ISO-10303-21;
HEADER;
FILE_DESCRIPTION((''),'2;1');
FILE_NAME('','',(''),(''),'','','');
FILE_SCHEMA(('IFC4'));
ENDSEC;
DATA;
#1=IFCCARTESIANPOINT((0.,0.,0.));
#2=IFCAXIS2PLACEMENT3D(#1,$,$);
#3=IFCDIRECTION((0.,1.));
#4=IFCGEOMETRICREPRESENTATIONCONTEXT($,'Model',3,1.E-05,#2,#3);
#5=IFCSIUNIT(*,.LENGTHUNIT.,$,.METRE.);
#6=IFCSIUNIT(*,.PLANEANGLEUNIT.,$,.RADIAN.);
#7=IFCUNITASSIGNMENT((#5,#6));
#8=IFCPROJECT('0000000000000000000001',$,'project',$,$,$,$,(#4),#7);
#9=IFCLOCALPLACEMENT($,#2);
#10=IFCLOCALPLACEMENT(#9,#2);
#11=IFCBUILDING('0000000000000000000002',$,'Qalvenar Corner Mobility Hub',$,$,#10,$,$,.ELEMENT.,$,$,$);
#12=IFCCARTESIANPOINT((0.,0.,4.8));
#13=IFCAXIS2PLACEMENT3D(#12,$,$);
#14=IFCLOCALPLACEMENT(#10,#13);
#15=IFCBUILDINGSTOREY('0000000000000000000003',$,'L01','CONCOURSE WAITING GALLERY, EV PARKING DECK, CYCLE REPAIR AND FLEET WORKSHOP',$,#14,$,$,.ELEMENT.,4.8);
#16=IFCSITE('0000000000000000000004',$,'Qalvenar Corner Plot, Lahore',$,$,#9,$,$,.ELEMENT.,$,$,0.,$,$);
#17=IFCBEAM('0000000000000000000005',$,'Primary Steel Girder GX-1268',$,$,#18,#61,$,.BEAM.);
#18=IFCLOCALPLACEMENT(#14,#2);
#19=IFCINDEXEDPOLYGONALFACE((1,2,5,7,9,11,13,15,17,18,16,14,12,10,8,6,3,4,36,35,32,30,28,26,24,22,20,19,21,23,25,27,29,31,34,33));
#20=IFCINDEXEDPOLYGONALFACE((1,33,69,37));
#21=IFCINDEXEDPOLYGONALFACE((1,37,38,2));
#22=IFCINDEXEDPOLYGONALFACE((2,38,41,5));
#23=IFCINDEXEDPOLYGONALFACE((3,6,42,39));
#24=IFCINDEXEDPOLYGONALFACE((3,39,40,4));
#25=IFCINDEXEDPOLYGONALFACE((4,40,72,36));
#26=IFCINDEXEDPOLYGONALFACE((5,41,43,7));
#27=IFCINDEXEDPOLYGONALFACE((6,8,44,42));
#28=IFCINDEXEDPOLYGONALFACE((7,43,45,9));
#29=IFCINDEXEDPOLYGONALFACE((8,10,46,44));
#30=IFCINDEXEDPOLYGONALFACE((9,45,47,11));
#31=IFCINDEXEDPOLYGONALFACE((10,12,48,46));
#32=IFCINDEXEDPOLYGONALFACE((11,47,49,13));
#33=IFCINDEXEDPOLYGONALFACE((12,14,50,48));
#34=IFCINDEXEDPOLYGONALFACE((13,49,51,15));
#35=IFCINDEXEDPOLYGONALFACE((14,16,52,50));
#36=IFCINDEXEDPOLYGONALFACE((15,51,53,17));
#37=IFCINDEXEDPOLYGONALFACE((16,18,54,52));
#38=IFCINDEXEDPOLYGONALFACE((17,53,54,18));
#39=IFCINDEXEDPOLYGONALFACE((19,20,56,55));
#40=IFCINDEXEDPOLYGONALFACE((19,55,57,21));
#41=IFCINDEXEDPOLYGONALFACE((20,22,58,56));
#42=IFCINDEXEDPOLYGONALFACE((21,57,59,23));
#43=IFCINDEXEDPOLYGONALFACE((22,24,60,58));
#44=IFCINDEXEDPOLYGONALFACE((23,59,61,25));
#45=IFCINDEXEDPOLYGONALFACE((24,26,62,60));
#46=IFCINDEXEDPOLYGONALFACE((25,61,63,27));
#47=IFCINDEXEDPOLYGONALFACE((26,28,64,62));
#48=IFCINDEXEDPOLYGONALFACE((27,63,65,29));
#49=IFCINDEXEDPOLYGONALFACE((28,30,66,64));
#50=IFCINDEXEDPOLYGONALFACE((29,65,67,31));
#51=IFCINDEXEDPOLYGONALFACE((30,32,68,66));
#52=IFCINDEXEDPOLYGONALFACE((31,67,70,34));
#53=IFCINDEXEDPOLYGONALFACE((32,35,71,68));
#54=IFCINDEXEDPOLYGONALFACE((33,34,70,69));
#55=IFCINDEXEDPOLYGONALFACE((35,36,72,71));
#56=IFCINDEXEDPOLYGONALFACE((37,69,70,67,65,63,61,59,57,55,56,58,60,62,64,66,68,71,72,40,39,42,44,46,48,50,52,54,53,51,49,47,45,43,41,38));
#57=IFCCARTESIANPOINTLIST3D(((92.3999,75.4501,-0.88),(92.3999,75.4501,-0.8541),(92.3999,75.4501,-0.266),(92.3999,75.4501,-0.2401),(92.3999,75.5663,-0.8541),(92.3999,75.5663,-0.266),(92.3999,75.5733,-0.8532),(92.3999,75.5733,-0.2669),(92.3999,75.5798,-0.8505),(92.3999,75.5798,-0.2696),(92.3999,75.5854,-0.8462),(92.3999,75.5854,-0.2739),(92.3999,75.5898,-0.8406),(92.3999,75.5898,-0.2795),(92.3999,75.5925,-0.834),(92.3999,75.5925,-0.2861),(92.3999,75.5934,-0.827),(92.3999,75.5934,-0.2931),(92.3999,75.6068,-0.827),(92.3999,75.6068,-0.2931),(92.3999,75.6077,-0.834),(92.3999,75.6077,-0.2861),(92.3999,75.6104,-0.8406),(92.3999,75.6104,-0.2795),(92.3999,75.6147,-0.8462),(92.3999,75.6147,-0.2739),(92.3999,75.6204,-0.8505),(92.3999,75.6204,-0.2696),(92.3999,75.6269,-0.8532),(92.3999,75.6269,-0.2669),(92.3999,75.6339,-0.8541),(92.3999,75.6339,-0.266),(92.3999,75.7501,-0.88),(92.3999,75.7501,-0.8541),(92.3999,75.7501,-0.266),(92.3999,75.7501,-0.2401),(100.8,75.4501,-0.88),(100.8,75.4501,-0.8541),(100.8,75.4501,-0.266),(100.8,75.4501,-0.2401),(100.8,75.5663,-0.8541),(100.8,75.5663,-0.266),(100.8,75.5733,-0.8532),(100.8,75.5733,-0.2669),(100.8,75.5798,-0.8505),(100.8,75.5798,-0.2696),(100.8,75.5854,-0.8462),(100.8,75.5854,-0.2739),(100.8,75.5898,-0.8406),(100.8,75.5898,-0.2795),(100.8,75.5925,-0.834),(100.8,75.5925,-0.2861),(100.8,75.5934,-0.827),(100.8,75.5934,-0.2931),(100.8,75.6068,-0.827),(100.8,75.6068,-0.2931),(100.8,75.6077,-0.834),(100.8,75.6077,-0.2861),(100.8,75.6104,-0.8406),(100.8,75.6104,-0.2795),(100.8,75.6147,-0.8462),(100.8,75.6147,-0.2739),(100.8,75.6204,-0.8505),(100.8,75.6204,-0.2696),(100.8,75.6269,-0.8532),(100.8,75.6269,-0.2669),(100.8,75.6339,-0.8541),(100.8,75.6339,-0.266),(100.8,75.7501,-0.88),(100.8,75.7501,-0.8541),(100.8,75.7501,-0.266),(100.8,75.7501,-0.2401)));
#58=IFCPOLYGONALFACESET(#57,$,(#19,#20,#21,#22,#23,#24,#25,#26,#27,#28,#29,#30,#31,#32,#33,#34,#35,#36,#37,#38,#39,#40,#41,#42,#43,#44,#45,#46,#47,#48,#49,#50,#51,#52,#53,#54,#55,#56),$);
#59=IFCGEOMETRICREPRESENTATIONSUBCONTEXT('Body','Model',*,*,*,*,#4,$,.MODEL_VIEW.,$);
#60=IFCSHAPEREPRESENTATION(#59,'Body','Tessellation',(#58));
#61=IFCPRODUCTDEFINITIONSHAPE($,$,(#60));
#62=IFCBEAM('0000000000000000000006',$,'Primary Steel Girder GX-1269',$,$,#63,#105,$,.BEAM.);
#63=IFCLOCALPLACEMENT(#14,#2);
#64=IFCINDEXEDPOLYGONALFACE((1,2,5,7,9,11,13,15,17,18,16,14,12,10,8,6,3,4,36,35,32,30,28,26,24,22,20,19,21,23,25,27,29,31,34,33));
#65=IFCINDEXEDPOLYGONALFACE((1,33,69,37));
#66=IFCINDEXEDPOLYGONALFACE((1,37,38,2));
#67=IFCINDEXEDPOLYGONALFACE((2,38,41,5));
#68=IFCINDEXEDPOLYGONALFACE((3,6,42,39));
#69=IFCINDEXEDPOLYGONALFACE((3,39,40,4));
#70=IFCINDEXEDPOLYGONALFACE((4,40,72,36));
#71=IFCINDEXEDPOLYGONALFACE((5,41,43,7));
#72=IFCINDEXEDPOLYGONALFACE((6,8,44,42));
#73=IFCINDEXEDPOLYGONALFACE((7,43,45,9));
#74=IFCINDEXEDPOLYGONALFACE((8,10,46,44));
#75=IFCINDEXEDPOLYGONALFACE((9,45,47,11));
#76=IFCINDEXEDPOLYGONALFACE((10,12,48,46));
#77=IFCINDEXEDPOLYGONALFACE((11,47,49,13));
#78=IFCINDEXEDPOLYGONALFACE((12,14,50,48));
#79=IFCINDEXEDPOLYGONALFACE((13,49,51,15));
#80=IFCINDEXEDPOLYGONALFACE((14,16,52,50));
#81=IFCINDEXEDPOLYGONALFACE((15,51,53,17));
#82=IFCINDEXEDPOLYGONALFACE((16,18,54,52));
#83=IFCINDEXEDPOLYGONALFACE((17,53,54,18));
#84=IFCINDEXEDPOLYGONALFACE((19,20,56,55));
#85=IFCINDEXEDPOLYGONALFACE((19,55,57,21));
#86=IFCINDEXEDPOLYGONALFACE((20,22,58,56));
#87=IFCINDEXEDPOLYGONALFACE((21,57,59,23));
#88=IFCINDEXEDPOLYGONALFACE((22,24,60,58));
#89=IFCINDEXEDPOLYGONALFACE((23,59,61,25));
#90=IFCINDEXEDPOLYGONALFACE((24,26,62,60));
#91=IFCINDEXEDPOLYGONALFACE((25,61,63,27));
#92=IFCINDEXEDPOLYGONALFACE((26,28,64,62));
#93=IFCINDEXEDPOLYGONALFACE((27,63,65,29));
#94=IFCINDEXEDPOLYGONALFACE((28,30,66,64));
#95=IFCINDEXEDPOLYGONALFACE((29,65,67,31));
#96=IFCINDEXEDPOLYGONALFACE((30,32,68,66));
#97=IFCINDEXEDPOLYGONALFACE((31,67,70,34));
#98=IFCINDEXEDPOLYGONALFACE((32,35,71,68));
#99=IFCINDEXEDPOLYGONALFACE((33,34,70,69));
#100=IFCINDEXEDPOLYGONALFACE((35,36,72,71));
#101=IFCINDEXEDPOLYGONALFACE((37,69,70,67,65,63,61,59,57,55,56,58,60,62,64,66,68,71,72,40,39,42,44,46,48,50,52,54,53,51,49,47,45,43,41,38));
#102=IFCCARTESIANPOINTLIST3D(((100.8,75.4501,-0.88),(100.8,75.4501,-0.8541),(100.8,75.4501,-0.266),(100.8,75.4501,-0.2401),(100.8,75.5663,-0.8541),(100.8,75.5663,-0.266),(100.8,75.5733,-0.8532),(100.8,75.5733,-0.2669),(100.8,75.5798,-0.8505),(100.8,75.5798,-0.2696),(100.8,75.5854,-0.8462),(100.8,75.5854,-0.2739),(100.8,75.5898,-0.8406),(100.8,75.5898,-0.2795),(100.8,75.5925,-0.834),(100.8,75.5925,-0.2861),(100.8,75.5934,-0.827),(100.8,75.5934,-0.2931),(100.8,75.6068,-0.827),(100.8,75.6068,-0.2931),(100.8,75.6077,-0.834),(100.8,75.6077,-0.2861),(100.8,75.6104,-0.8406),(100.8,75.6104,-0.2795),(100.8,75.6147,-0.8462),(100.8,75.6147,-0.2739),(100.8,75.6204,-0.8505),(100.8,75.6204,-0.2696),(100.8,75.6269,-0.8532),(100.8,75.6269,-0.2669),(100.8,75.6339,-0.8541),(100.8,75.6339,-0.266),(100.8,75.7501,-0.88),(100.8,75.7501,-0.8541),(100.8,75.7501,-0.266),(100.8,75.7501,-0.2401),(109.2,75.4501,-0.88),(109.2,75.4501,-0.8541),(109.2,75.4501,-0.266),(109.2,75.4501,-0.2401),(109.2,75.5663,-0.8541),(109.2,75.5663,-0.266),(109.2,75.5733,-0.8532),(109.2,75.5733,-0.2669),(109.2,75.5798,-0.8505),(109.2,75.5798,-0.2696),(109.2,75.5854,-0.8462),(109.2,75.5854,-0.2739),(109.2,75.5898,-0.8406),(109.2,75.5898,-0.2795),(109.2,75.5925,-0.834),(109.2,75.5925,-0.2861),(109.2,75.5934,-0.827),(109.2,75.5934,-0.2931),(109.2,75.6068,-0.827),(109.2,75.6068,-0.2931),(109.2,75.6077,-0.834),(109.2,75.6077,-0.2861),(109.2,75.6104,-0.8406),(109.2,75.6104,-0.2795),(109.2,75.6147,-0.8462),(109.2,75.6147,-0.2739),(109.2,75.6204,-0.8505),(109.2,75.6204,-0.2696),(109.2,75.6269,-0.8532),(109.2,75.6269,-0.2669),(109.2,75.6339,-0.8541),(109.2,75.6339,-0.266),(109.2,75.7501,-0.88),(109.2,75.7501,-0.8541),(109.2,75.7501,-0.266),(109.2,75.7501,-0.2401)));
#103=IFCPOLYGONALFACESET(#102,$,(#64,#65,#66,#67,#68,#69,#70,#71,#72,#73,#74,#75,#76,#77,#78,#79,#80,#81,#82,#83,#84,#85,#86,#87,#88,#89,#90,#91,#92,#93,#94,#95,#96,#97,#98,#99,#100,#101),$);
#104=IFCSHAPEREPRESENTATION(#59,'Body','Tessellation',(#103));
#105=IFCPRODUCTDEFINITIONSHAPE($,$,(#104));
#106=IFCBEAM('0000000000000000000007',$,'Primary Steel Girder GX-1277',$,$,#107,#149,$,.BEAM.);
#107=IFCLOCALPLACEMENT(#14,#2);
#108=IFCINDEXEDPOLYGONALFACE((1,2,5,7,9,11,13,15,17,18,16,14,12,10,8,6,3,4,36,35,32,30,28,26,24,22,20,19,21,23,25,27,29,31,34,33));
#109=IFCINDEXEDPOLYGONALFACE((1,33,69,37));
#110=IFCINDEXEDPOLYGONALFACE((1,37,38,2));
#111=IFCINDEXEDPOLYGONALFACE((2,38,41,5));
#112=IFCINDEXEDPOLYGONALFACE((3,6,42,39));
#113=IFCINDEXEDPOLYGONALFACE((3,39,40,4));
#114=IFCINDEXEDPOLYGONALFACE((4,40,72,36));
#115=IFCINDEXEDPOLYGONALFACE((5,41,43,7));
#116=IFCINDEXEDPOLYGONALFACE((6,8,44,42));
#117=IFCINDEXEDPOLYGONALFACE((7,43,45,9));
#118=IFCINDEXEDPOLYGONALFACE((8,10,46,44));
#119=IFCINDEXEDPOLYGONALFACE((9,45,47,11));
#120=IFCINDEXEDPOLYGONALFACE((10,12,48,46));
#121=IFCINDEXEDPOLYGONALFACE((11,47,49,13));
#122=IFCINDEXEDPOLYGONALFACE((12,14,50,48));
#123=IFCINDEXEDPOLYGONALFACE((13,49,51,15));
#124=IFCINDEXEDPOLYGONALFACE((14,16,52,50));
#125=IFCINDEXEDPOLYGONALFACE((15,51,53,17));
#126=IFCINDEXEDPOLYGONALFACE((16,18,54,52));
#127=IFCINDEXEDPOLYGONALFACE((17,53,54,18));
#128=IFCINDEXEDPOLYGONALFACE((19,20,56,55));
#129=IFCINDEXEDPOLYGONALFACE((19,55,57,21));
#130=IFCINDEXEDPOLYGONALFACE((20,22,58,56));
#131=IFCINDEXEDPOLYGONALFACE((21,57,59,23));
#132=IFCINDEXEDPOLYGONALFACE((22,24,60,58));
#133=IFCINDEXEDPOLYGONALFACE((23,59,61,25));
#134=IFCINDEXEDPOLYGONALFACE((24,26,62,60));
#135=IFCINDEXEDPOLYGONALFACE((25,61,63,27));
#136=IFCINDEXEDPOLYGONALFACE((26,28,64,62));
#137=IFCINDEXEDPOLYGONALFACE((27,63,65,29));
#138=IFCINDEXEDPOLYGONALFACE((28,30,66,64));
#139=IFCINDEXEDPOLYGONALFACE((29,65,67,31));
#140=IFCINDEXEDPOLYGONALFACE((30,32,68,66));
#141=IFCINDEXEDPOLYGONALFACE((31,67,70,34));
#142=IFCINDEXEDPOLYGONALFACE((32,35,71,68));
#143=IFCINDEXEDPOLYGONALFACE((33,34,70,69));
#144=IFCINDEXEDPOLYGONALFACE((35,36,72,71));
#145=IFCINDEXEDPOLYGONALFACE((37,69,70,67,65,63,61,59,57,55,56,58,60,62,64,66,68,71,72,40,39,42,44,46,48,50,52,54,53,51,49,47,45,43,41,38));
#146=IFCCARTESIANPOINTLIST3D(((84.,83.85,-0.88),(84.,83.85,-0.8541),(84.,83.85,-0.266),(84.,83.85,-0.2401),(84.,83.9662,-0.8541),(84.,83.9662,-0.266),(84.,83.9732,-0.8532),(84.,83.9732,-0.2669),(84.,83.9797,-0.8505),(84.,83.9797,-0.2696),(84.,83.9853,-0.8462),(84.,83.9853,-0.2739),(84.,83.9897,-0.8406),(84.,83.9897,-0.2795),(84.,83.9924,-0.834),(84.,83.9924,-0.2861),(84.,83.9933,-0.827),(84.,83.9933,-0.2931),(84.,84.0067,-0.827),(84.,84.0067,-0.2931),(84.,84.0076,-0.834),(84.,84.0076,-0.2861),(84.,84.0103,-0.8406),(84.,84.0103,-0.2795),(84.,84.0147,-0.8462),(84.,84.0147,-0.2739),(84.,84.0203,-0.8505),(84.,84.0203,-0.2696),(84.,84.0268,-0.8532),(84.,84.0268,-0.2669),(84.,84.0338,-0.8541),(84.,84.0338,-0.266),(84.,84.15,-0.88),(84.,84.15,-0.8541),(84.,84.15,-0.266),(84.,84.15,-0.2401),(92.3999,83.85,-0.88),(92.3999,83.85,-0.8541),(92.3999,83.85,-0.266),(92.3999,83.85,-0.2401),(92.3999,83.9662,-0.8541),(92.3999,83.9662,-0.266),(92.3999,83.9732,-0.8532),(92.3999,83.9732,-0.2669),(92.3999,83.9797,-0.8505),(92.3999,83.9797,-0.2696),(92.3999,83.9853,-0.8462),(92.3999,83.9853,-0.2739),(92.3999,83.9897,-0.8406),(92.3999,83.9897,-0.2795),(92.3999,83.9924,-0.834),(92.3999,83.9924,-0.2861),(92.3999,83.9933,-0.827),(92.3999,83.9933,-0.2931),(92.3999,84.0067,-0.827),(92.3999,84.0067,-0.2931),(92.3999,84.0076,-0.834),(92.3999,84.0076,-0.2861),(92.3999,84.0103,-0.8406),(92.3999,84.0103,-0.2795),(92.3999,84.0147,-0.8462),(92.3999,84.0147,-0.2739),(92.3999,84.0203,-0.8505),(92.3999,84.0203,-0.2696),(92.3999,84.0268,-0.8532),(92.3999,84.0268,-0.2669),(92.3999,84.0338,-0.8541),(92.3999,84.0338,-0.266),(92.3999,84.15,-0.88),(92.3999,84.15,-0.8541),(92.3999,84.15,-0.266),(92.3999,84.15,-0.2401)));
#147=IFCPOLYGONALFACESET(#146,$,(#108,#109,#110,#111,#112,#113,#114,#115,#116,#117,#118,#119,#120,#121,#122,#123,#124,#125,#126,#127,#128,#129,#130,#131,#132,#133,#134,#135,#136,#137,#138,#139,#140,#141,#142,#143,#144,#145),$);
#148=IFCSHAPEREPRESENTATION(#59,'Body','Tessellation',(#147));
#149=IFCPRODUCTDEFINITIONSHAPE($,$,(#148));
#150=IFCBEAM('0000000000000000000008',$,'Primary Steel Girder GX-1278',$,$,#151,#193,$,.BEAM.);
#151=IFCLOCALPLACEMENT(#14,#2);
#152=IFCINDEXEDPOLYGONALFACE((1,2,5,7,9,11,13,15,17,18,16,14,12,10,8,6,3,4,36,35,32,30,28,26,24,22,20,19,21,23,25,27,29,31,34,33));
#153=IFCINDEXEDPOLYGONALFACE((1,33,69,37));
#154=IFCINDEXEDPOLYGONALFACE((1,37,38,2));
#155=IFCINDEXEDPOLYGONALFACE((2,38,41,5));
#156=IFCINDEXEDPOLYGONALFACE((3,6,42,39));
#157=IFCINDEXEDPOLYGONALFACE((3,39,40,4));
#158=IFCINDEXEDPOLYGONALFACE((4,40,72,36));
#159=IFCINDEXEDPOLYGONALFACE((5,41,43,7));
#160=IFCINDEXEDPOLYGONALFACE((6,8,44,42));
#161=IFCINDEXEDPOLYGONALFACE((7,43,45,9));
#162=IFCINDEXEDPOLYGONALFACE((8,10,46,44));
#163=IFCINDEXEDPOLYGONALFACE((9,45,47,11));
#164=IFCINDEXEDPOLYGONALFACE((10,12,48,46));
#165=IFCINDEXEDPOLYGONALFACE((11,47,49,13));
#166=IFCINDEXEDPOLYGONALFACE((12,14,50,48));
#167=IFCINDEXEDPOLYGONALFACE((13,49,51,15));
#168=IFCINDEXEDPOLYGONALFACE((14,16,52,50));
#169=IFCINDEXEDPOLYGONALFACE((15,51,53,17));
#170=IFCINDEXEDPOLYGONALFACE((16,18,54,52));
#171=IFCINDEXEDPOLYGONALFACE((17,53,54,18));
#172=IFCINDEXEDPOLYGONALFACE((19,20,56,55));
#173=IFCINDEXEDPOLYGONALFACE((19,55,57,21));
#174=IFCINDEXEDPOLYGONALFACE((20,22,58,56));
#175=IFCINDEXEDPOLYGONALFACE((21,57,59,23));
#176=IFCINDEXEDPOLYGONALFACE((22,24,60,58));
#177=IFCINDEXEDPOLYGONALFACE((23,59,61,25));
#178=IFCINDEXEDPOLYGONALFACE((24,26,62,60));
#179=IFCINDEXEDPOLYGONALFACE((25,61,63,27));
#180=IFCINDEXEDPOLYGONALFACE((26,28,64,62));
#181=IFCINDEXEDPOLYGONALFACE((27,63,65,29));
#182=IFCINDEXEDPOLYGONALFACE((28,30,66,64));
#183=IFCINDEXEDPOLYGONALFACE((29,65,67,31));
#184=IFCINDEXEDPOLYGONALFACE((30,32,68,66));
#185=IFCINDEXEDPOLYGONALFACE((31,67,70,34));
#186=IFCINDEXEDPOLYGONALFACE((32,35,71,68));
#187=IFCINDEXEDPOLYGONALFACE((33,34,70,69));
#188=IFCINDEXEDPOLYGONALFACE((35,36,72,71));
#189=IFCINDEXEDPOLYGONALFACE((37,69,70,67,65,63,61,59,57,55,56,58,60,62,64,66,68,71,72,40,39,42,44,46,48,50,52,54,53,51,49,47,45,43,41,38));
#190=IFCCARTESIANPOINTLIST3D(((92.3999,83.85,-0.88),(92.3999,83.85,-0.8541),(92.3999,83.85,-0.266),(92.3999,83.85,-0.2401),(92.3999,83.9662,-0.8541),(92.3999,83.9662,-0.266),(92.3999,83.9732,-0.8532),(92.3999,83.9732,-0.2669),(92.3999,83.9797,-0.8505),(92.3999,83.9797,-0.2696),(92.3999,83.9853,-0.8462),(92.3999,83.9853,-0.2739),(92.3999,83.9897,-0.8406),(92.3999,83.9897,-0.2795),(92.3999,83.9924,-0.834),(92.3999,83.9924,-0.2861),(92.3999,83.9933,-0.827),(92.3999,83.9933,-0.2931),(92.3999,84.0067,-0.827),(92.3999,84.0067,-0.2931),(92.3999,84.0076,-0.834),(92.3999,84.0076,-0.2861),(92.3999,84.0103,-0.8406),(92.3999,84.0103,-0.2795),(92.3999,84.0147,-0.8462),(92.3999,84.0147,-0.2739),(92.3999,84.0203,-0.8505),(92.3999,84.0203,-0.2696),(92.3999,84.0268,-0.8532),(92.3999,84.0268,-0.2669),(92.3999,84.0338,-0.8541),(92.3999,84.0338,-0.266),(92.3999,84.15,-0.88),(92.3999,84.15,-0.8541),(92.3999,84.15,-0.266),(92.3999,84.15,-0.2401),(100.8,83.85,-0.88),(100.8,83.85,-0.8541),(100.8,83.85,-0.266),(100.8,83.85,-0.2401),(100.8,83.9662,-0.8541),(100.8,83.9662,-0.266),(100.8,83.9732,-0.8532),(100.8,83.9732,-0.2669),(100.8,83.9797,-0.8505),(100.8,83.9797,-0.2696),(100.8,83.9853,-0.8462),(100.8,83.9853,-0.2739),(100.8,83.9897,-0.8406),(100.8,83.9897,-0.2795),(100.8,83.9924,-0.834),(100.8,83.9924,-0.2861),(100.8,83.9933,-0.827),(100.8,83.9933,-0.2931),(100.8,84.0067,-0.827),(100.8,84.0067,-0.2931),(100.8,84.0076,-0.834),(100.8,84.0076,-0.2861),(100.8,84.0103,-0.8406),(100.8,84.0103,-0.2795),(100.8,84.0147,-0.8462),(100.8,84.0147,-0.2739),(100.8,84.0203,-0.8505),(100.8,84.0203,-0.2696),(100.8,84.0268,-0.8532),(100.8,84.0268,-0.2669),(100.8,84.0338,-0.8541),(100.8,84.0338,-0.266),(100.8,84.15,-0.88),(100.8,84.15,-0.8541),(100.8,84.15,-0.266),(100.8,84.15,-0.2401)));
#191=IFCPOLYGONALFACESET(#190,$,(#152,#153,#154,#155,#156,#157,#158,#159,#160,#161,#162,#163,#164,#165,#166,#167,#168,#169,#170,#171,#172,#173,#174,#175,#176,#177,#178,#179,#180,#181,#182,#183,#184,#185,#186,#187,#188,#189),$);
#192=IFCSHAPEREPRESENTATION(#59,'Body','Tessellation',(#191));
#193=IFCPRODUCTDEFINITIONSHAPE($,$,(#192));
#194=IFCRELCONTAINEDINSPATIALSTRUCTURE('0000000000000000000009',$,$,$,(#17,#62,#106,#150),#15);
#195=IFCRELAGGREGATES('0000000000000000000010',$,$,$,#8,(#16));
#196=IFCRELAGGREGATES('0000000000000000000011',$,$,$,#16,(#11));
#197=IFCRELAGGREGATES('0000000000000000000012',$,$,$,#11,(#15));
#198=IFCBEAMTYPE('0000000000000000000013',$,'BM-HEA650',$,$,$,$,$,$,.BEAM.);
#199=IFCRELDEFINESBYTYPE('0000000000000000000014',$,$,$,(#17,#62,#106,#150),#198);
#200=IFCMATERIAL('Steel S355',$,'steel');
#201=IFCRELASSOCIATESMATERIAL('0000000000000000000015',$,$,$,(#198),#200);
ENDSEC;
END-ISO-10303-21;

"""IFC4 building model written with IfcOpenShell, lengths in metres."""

from ifc_helpers import new_model, si_unit, direction, frame, origin, origin_2d, place, context, subcontext, project, spatial, i_section, extrude, material, material_profile, profile_set, type_object, element, save


model = new_model("IFC4")

# Units and contexts
model_context = context("Model", 3, precision=1e-05, world=origin(), true_north=direction((0.0, 1.0)))
body_context = subcontext(model_context, "Body", "Model", "MODEL_VIEW")
ifc_project = project(units=[si_unit("LENGTHUNIT", "METRE"), si_unit("PLANEANGLEUNIT", "RADIAN")], contexts=[model_context])

# Site, building, storey
site_placement = place(None, origin())
site = spatial("IfcSite", under=ifc_project, at=site_placement, Name="Qalvenar Corner Plot, Lahore", CompositionType="ELEMENT", RefElevation=0.0)
building_placement = place(site_placement, origin())
building = spatial("IfcBuilding", under=site, at=building_placement, Name="Qalvenar Corner Mobility Hub", CompositionType="ELEMENT")
storey_placement = place(building_placement, frame((0.0, 0.0, 4.8)))
storey = spatial("IfcBuildingStorey", under=building, at=storey_placement, Name="L01", Description="CONCOURSE WAITING GALLERY, EV PARKING DECK, CYCLE REPAIR AND FLEET WORKSHOP", CompositionType="ELEMENT", Elevation=4.8)

# Shared definitions
ifc_material_1 = material(Name="Steel S355", Category="steel")

# Beams
ifc_material_profile_1 = material_profile(ifc_material_1, i_section(OverallWidth=0.3, OverallDepth=0.6399, WebThickness=0.0134, FlangeThickness=0.0259, FilletRadius=0.0271, at=origin_2d()), Name="HEA650")
ifc_profile_set_1 = profile_set([ifc_material_profile_1], Name="Steel S355")
beam_type_1 = type_object("IfcBeamType", Name="BM-HEA650", PredefinedType="BEAM", material=ifc_profile_set_1)
beam_1_placement = place(storey_placement, frame((92.3999, 75.6001, -0.5601), z_axis=(1.0, 0.0, 0.0), x_axis=(0.0, 1.0, 0.0)))
element("IfcBeam", 1, at=beam_1_placement, inside=storey, type_object=beam_type_1, Name="Primary Steel Girder GX-1268", PredefinedType="BEAM", context=body_context, shape_type="SweptSolid", body=[
    extrude(i_section(OverallWidth=0.3, OverallDepth=0.6399, WebThickness=0.0134, FlangeThickness=0.0259, FilletRadius=0.0271, at=origin_2d()), origin(), (0.0, 0.0, 1.0), 8.4001),
])
for number, where, z_axis, x_axis, name in (
    (2, (100.8, 75.6001, -0.5601), (1.0, 0.0, 0.0), (0.0, 1.0, 0.0), "Primary Steel Girder GX-1269"),
    (3, (84.0, 84.0, -0.5601), (1.0, 0.0, 0.0), (0.0, 1.0, 0.0), "Primary Steel Girder GX-1277"),
):
    element("IfcBeam", number, at=place(storey_placement, frame(where, z_axis=z_axis, x_axis=x_axis)), inside=storey, type_object=beam_type_1, Name=name, PredefinedType="BEAM", context=body_context, shape_type="SweptSolid", body=[
        extrude(i_section(OverallWidth=0.3, OverallDepth=0.6399, WebThickness=0.0134, FlangeThickness=0.0259, FilletRadius=0.0271, at=origin_2d()), origin(), (0.0, 0.0, 1.0), 8.3999),
    ])
beam_2_placement = place(storey_placement, frame((92.3999, 84.0, -0.5601), z_axis=(1.0, 0.0, 0.0), x_axis=(0.0, 1.0, 0.0)))
element("IfcBeam", 4, at=beam_2_placement, inside=storey, type_object=beam_type_1, Name="Primary Steel Girder GX-1278", PredefinedType="BEAM", context=body_context, shape_type="SweptSolid", body=[
    extrude(i_section(OverallWidth=0.3, OverallDepth=0.6399, WebThickness=0.0134, FlangeThickness=0.0259, FilletRadius=0.0271, at=origin_2d()), origin(), (0.0, 0.0, 1.0), 8.4001),
])

save(model, "model.ifc")
